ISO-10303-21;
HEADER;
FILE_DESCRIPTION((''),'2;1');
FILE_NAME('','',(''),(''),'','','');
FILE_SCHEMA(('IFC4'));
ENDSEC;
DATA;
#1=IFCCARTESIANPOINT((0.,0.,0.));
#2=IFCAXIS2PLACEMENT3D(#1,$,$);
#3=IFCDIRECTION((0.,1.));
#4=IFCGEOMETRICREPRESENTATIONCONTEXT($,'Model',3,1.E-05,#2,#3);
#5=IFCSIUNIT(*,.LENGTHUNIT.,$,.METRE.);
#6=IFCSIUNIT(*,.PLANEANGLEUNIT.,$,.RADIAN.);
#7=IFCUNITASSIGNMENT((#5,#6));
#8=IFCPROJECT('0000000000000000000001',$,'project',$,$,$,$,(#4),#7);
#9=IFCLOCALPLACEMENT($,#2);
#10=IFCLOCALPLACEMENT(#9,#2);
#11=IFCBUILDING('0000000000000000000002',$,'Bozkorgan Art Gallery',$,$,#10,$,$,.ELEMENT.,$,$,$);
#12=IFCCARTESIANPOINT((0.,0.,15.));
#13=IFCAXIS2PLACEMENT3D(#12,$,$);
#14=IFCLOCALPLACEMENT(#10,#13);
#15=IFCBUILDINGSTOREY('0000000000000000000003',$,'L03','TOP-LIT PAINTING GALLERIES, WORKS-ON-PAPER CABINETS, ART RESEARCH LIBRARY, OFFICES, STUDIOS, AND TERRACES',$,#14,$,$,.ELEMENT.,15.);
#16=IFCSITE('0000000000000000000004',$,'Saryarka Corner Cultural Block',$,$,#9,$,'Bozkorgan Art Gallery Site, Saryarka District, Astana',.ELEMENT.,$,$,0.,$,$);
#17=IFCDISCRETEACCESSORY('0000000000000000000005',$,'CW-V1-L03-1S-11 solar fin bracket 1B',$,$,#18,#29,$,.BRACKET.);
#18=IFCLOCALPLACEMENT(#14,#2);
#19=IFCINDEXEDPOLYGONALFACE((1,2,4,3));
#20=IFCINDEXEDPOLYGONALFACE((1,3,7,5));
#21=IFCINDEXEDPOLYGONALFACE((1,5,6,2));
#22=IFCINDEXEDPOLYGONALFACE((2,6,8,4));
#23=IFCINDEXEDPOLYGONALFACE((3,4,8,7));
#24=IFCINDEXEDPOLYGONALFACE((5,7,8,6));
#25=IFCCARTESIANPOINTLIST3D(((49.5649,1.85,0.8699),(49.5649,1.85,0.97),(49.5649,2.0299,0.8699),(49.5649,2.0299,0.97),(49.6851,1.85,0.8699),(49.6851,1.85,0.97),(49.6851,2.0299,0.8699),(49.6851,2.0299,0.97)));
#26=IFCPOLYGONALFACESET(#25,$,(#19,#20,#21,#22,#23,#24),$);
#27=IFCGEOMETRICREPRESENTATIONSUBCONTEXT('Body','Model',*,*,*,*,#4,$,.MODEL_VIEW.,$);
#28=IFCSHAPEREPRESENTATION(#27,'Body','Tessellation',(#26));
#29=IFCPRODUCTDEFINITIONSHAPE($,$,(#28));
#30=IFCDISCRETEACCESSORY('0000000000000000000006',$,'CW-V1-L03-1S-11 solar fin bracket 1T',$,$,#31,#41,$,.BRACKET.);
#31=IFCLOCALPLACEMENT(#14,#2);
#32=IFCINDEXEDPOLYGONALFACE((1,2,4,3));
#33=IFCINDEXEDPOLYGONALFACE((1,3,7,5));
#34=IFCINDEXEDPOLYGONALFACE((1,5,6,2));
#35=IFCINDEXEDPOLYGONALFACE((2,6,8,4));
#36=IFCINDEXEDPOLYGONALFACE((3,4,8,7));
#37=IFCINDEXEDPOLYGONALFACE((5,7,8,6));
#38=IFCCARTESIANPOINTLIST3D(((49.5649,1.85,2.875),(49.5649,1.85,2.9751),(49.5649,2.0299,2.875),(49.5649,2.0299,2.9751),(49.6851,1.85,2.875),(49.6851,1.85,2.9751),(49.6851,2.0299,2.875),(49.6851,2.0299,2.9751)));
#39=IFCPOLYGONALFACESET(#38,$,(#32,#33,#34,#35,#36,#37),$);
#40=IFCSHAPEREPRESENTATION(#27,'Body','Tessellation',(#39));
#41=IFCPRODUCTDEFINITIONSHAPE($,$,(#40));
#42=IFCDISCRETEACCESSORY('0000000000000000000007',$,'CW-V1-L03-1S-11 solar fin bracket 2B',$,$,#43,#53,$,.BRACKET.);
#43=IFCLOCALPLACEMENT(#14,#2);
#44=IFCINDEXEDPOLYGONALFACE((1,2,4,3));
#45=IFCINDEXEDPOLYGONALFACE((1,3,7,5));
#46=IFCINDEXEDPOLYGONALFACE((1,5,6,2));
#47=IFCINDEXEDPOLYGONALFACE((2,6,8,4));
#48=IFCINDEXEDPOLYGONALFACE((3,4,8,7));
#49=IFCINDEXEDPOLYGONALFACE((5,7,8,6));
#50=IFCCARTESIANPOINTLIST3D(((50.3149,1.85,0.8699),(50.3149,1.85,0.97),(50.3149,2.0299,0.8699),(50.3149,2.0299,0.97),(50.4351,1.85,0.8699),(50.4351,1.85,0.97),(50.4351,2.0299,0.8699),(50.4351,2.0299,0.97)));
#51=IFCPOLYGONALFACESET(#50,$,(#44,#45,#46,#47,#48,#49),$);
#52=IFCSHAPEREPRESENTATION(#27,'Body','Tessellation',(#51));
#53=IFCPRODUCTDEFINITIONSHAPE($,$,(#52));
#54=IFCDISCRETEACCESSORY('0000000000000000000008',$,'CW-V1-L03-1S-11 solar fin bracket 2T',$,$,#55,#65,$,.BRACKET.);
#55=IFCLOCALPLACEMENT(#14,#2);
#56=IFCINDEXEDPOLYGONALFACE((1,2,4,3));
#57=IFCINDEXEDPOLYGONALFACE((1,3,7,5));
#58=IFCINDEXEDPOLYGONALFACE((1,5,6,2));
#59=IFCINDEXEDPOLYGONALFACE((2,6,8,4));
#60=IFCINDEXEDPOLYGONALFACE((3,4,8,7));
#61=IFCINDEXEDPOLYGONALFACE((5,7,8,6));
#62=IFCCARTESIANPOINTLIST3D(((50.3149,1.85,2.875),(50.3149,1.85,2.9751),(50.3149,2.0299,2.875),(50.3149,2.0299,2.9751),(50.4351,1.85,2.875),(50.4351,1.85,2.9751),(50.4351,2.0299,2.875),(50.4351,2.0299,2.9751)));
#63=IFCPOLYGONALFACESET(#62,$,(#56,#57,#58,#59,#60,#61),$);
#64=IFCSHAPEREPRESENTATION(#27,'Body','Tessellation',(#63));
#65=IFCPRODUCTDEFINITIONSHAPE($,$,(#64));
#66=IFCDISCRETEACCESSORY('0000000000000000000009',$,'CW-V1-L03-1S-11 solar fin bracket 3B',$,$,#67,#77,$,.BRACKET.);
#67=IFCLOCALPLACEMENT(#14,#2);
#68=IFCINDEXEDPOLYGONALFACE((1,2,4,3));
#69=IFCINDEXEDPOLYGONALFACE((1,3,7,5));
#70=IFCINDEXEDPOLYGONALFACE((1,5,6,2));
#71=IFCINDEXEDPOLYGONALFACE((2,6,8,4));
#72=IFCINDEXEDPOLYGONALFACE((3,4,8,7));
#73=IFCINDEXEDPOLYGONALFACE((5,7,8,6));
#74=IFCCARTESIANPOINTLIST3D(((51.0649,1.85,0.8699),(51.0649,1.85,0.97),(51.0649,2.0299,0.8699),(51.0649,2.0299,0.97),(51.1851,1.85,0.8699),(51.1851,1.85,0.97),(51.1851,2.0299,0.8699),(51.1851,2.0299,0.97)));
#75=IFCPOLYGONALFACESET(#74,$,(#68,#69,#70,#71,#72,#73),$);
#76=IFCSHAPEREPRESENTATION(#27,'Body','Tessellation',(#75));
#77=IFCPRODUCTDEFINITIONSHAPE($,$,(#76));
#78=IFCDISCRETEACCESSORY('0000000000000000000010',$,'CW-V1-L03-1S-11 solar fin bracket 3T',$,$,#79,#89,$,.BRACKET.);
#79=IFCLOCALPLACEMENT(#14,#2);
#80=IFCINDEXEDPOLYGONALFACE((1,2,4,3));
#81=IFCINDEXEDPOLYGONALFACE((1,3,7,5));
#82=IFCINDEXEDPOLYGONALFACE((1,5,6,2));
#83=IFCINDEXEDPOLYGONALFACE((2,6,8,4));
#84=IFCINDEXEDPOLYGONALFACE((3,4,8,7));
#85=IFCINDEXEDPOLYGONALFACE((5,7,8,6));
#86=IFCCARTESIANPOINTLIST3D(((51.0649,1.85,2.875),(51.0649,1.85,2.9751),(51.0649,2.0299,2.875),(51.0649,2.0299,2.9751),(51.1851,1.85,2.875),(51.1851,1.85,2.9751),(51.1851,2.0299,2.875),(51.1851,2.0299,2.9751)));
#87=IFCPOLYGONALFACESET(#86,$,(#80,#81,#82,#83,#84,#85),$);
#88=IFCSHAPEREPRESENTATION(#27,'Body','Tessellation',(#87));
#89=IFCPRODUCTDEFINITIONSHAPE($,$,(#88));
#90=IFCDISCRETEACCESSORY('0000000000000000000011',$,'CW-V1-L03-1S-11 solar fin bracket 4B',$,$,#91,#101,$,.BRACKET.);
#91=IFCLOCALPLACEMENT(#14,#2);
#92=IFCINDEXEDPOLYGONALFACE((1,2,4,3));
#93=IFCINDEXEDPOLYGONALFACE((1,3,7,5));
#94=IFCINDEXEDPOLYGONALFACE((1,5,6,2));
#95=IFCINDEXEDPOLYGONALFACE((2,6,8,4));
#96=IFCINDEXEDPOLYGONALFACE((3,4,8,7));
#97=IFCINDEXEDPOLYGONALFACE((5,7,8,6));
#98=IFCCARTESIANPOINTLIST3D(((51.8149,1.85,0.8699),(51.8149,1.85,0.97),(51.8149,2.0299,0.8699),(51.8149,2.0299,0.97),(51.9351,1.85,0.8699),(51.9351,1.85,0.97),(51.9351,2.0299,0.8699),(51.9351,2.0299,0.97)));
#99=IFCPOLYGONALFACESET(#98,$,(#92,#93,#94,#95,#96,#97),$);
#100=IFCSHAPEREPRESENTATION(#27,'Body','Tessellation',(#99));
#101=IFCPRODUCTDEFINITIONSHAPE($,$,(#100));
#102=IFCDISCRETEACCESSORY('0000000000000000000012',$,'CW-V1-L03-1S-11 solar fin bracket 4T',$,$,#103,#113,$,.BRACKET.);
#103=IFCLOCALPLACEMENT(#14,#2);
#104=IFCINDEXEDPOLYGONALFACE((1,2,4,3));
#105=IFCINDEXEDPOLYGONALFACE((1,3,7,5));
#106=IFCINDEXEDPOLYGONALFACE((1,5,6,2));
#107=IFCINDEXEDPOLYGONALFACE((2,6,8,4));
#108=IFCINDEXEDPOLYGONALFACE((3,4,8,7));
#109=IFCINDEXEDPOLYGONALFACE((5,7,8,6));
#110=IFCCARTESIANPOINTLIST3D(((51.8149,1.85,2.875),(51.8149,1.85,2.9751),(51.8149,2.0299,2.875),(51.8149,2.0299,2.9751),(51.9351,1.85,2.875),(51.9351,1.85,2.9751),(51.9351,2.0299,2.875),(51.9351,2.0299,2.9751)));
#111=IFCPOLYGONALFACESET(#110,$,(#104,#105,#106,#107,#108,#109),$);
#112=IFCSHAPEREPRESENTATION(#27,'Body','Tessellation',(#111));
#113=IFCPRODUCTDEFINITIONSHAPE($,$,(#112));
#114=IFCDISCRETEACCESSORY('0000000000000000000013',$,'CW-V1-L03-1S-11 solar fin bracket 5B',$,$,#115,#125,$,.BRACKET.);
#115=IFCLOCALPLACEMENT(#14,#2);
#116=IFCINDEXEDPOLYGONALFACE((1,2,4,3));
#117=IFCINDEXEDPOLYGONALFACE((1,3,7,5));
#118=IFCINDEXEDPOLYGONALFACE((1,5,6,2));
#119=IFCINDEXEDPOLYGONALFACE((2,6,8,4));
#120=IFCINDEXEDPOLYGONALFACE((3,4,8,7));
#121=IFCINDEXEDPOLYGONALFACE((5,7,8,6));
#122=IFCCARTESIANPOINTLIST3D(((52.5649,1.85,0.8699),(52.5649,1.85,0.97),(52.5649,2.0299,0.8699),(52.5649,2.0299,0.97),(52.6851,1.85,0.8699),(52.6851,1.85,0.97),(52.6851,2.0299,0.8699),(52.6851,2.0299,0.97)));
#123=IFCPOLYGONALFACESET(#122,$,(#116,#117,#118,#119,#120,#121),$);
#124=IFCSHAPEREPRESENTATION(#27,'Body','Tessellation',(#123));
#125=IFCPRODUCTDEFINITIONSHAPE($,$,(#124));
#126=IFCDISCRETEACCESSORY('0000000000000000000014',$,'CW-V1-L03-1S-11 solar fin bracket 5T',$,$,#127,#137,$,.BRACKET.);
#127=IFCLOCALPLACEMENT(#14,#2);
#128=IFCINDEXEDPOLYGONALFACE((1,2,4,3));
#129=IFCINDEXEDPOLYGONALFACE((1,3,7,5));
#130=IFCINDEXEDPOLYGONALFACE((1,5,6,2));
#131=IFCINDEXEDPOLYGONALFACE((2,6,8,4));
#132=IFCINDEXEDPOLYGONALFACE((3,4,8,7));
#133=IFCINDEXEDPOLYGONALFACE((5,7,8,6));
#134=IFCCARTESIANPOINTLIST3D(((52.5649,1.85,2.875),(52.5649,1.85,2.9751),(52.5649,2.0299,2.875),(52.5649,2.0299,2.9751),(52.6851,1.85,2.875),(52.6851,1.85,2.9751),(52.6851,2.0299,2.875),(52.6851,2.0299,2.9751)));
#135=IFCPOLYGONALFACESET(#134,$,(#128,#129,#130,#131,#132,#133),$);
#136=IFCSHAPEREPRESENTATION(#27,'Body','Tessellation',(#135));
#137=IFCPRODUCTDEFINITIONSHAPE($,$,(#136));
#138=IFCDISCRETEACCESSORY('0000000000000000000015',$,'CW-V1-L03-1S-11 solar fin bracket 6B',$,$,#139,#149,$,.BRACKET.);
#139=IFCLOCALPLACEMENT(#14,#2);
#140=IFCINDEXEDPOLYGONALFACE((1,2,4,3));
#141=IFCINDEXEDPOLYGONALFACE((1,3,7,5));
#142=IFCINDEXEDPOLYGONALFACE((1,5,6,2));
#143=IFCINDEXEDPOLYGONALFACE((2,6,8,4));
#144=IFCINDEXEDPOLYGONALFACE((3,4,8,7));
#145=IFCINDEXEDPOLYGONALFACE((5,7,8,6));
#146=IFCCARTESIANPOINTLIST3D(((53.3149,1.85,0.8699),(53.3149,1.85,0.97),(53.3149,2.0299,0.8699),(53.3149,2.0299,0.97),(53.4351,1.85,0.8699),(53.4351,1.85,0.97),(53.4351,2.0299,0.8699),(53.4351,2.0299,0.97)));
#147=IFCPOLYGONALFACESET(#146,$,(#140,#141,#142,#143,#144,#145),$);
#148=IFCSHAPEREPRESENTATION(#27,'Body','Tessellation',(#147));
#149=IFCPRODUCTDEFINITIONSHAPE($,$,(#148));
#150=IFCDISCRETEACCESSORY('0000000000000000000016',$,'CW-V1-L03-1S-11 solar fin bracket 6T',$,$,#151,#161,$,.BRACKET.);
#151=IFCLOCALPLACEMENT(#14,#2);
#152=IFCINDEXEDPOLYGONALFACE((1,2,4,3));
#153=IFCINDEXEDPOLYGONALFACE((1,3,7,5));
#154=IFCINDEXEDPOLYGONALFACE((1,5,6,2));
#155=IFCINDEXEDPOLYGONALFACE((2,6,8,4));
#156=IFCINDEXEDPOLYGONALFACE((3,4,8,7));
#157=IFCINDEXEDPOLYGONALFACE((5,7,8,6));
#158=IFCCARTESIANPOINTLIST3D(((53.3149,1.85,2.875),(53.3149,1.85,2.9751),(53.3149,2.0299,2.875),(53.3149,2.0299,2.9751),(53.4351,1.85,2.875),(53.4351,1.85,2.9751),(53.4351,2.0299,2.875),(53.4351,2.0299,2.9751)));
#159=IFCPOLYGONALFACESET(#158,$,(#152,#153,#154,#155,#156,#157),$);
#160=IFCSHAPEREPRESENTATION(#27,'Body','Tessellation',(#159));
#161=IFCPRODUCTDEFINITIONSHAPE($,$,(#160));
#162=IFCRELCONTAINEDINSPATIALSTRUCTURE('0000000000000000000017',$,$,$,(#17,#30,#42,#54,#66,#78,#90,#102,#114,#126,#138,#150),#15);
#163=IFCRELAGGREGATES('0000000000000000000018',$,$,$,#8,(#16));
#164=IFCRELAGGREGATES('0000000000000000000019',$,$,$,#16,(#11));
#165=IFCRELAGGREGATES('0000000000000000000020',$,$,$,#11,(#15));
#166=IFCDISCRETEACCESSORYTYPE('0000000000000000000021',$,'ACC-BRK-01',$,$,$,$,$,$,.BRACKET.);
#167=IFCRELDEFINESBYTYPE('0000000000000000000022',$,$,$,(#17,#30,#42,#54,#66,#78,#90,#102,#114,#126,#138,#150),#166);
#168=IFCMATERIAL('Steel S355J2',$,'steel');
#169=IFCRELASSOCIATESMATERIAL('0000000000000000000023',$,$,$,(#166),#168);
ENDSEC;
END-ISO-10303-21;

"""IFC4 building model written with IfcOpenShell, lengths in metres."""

from ifc_helpers import new_model, si_unit, direction, frame, origin, origin_2d, place, context, subcontext, project, spatial, rectangle, extrude, material, type_object, element, save


model = new_model("IFC4")

# Units and contexts
model_context = context("Model", 3, precision=1e-05, world=origin(), true_north=direction((0.0, 1.0)))
body_context = subcontext(model_context, "Body", "Model", "MODEL_VIEW")
ifc_project = project(units=[si_unit("LENGTHUNIT", "METRE"), si_unit("PLANEANGLEUNIT", "RADIAN")], contexts=[model_context])

# Site, building, storey
site_placement = place(None, origin())
site = spatial("IfcSite", under=ifc_project, at=site_placement, Name="Saryarka Corner Cultural Block", LongName="Bozkorgan Art Gallery Site, Saryarka District, Astana", CompositionType="ELEMENT", RefElevation=0.0)
building_placement = place(site_placement, origin())
building = spatial("IfcBuilding", under=site, at=building_placement, Name="Bozkorgan Art Gallery", CompositionType="ELEMENT")
storey_placement = place(building_placement, frame((0.0, 0.0, 15.0)))
storey = spatial("IfcBuildingStorey", under=building, at=storey_placement, Name="L03", Description="TOP-LIT PAINTING GALLERIES, WORKS-ON-PAPER CABINETS, ART RESEARCH LIBRARY, OFFICES, STUDIOS, AND TERRACES", CompositionType="ELEMENT", Elevation=15.0)

# Discrete accessories
ifc_material_1 = material(Name="Steel S355J2", Category="steel")
discrete_accessory_type = type_object("IfcDiscreteAccessoryType", Name="ACC-BRK-01", PredefinedType="BRACKET", material=ifc_material_1)
for number, where, z_axis, x_axis, name in (
    (1, (49.625, 1.9399, 0.8699), (0.0, 0.0, 1.0), (0.0, -1.0, 0.0), "CW-V1-L03-1S-11 solar fin bracket 1B"),
    (2, (49.625, 1.9399, 2.875), (0.0, 0.0, 1.0), (0.0, -1.0, 0.0), "CW-V1-L03-1S-11 solar fin bracket 1T"),
    (3, (50.375, 1.9399, 0.8699), (0.0, 0.0, 1.0), (0.0, -1.0, 0.0), "CW-V1-L03-1S-11 solar fin bracket 2B"),
    (4, (50.375, 1.9399, 2.875), (0.0, 0.0, 1.0), (0.0, -1.0, 0.0), "CW-V1-L03-1S-11 solar fin bracket 2T"),
    (5, (51.125, 1.9399, 0.8699), (0.0, 0.0, 1.0), (0.0, -1.0, 0.0), "CW-V1-L03-1S-11 solar fin bracket 3B"),
    (6, (51.125, 1.9399, 2.875), (0.0, 0.0, 1.0), (0.0, -1.0, 0.0), "CW-V1-L03-1S-11 solar fin bracket 3T"),
    (7, (51.875, 1.9399, 0.8699), (0.0, 0.0, 1.0), (0.0, -1.0, 0.0), "CW-V1-L03-1S-11 solar fin bracket 4B"),
    (8, (51.875, 1.9399, 2.875), (0.0, 0.0, 1.0), (0.0, -1.0, 0.0), "CW-V1-L03-1S-11 solar fin bracket 4T"),
    (9, (52.625, 1.9399, 0.8699), (0.0, 0.0, 1.0), (0.0, -1.0, 0.0), "CW-V1-L03-1S-11 solar fin bracket 5B"),
    (10, (52.625, 1.9399, 2.875), (0.0, 0.0, 1.0), (0.0, -1.0, 0.0), "CW-V1-L03-1S-11 solar fin bracket 5T"),
    (11, (53.375, 1.9399, 0.8699), (0.0, 0.0, 1.0), (0.0, -1.0, 0.0), "CW-V1-L03-1S-11 solar fin bracket 6B"),
    (12, (53.375, 1.9399, 2.875), (0.0, 0.0, 1.0), (0.0, -1.0, 0.0), "CW-V1-L03-1S-11 solar fin bracket 6T"),
):
    element("IfcDiscreteAccessory", number, at=place(storey_placement, frame(where, z_axis=z_axis, x_axis=x_axis)), inside=storey, type_object=discrete_accessory_type, Name=name, PredefinedType="BRACKET", context=body_context, shape_type="SweptSolid", body=[
        extrude(rectangle(XDim=0.1799, YDim=0.1201, at=origin_2d()), origin(), (0.0, 0.0, 1.0), 0.1001),
    ])

save(model, "model.ifc")
